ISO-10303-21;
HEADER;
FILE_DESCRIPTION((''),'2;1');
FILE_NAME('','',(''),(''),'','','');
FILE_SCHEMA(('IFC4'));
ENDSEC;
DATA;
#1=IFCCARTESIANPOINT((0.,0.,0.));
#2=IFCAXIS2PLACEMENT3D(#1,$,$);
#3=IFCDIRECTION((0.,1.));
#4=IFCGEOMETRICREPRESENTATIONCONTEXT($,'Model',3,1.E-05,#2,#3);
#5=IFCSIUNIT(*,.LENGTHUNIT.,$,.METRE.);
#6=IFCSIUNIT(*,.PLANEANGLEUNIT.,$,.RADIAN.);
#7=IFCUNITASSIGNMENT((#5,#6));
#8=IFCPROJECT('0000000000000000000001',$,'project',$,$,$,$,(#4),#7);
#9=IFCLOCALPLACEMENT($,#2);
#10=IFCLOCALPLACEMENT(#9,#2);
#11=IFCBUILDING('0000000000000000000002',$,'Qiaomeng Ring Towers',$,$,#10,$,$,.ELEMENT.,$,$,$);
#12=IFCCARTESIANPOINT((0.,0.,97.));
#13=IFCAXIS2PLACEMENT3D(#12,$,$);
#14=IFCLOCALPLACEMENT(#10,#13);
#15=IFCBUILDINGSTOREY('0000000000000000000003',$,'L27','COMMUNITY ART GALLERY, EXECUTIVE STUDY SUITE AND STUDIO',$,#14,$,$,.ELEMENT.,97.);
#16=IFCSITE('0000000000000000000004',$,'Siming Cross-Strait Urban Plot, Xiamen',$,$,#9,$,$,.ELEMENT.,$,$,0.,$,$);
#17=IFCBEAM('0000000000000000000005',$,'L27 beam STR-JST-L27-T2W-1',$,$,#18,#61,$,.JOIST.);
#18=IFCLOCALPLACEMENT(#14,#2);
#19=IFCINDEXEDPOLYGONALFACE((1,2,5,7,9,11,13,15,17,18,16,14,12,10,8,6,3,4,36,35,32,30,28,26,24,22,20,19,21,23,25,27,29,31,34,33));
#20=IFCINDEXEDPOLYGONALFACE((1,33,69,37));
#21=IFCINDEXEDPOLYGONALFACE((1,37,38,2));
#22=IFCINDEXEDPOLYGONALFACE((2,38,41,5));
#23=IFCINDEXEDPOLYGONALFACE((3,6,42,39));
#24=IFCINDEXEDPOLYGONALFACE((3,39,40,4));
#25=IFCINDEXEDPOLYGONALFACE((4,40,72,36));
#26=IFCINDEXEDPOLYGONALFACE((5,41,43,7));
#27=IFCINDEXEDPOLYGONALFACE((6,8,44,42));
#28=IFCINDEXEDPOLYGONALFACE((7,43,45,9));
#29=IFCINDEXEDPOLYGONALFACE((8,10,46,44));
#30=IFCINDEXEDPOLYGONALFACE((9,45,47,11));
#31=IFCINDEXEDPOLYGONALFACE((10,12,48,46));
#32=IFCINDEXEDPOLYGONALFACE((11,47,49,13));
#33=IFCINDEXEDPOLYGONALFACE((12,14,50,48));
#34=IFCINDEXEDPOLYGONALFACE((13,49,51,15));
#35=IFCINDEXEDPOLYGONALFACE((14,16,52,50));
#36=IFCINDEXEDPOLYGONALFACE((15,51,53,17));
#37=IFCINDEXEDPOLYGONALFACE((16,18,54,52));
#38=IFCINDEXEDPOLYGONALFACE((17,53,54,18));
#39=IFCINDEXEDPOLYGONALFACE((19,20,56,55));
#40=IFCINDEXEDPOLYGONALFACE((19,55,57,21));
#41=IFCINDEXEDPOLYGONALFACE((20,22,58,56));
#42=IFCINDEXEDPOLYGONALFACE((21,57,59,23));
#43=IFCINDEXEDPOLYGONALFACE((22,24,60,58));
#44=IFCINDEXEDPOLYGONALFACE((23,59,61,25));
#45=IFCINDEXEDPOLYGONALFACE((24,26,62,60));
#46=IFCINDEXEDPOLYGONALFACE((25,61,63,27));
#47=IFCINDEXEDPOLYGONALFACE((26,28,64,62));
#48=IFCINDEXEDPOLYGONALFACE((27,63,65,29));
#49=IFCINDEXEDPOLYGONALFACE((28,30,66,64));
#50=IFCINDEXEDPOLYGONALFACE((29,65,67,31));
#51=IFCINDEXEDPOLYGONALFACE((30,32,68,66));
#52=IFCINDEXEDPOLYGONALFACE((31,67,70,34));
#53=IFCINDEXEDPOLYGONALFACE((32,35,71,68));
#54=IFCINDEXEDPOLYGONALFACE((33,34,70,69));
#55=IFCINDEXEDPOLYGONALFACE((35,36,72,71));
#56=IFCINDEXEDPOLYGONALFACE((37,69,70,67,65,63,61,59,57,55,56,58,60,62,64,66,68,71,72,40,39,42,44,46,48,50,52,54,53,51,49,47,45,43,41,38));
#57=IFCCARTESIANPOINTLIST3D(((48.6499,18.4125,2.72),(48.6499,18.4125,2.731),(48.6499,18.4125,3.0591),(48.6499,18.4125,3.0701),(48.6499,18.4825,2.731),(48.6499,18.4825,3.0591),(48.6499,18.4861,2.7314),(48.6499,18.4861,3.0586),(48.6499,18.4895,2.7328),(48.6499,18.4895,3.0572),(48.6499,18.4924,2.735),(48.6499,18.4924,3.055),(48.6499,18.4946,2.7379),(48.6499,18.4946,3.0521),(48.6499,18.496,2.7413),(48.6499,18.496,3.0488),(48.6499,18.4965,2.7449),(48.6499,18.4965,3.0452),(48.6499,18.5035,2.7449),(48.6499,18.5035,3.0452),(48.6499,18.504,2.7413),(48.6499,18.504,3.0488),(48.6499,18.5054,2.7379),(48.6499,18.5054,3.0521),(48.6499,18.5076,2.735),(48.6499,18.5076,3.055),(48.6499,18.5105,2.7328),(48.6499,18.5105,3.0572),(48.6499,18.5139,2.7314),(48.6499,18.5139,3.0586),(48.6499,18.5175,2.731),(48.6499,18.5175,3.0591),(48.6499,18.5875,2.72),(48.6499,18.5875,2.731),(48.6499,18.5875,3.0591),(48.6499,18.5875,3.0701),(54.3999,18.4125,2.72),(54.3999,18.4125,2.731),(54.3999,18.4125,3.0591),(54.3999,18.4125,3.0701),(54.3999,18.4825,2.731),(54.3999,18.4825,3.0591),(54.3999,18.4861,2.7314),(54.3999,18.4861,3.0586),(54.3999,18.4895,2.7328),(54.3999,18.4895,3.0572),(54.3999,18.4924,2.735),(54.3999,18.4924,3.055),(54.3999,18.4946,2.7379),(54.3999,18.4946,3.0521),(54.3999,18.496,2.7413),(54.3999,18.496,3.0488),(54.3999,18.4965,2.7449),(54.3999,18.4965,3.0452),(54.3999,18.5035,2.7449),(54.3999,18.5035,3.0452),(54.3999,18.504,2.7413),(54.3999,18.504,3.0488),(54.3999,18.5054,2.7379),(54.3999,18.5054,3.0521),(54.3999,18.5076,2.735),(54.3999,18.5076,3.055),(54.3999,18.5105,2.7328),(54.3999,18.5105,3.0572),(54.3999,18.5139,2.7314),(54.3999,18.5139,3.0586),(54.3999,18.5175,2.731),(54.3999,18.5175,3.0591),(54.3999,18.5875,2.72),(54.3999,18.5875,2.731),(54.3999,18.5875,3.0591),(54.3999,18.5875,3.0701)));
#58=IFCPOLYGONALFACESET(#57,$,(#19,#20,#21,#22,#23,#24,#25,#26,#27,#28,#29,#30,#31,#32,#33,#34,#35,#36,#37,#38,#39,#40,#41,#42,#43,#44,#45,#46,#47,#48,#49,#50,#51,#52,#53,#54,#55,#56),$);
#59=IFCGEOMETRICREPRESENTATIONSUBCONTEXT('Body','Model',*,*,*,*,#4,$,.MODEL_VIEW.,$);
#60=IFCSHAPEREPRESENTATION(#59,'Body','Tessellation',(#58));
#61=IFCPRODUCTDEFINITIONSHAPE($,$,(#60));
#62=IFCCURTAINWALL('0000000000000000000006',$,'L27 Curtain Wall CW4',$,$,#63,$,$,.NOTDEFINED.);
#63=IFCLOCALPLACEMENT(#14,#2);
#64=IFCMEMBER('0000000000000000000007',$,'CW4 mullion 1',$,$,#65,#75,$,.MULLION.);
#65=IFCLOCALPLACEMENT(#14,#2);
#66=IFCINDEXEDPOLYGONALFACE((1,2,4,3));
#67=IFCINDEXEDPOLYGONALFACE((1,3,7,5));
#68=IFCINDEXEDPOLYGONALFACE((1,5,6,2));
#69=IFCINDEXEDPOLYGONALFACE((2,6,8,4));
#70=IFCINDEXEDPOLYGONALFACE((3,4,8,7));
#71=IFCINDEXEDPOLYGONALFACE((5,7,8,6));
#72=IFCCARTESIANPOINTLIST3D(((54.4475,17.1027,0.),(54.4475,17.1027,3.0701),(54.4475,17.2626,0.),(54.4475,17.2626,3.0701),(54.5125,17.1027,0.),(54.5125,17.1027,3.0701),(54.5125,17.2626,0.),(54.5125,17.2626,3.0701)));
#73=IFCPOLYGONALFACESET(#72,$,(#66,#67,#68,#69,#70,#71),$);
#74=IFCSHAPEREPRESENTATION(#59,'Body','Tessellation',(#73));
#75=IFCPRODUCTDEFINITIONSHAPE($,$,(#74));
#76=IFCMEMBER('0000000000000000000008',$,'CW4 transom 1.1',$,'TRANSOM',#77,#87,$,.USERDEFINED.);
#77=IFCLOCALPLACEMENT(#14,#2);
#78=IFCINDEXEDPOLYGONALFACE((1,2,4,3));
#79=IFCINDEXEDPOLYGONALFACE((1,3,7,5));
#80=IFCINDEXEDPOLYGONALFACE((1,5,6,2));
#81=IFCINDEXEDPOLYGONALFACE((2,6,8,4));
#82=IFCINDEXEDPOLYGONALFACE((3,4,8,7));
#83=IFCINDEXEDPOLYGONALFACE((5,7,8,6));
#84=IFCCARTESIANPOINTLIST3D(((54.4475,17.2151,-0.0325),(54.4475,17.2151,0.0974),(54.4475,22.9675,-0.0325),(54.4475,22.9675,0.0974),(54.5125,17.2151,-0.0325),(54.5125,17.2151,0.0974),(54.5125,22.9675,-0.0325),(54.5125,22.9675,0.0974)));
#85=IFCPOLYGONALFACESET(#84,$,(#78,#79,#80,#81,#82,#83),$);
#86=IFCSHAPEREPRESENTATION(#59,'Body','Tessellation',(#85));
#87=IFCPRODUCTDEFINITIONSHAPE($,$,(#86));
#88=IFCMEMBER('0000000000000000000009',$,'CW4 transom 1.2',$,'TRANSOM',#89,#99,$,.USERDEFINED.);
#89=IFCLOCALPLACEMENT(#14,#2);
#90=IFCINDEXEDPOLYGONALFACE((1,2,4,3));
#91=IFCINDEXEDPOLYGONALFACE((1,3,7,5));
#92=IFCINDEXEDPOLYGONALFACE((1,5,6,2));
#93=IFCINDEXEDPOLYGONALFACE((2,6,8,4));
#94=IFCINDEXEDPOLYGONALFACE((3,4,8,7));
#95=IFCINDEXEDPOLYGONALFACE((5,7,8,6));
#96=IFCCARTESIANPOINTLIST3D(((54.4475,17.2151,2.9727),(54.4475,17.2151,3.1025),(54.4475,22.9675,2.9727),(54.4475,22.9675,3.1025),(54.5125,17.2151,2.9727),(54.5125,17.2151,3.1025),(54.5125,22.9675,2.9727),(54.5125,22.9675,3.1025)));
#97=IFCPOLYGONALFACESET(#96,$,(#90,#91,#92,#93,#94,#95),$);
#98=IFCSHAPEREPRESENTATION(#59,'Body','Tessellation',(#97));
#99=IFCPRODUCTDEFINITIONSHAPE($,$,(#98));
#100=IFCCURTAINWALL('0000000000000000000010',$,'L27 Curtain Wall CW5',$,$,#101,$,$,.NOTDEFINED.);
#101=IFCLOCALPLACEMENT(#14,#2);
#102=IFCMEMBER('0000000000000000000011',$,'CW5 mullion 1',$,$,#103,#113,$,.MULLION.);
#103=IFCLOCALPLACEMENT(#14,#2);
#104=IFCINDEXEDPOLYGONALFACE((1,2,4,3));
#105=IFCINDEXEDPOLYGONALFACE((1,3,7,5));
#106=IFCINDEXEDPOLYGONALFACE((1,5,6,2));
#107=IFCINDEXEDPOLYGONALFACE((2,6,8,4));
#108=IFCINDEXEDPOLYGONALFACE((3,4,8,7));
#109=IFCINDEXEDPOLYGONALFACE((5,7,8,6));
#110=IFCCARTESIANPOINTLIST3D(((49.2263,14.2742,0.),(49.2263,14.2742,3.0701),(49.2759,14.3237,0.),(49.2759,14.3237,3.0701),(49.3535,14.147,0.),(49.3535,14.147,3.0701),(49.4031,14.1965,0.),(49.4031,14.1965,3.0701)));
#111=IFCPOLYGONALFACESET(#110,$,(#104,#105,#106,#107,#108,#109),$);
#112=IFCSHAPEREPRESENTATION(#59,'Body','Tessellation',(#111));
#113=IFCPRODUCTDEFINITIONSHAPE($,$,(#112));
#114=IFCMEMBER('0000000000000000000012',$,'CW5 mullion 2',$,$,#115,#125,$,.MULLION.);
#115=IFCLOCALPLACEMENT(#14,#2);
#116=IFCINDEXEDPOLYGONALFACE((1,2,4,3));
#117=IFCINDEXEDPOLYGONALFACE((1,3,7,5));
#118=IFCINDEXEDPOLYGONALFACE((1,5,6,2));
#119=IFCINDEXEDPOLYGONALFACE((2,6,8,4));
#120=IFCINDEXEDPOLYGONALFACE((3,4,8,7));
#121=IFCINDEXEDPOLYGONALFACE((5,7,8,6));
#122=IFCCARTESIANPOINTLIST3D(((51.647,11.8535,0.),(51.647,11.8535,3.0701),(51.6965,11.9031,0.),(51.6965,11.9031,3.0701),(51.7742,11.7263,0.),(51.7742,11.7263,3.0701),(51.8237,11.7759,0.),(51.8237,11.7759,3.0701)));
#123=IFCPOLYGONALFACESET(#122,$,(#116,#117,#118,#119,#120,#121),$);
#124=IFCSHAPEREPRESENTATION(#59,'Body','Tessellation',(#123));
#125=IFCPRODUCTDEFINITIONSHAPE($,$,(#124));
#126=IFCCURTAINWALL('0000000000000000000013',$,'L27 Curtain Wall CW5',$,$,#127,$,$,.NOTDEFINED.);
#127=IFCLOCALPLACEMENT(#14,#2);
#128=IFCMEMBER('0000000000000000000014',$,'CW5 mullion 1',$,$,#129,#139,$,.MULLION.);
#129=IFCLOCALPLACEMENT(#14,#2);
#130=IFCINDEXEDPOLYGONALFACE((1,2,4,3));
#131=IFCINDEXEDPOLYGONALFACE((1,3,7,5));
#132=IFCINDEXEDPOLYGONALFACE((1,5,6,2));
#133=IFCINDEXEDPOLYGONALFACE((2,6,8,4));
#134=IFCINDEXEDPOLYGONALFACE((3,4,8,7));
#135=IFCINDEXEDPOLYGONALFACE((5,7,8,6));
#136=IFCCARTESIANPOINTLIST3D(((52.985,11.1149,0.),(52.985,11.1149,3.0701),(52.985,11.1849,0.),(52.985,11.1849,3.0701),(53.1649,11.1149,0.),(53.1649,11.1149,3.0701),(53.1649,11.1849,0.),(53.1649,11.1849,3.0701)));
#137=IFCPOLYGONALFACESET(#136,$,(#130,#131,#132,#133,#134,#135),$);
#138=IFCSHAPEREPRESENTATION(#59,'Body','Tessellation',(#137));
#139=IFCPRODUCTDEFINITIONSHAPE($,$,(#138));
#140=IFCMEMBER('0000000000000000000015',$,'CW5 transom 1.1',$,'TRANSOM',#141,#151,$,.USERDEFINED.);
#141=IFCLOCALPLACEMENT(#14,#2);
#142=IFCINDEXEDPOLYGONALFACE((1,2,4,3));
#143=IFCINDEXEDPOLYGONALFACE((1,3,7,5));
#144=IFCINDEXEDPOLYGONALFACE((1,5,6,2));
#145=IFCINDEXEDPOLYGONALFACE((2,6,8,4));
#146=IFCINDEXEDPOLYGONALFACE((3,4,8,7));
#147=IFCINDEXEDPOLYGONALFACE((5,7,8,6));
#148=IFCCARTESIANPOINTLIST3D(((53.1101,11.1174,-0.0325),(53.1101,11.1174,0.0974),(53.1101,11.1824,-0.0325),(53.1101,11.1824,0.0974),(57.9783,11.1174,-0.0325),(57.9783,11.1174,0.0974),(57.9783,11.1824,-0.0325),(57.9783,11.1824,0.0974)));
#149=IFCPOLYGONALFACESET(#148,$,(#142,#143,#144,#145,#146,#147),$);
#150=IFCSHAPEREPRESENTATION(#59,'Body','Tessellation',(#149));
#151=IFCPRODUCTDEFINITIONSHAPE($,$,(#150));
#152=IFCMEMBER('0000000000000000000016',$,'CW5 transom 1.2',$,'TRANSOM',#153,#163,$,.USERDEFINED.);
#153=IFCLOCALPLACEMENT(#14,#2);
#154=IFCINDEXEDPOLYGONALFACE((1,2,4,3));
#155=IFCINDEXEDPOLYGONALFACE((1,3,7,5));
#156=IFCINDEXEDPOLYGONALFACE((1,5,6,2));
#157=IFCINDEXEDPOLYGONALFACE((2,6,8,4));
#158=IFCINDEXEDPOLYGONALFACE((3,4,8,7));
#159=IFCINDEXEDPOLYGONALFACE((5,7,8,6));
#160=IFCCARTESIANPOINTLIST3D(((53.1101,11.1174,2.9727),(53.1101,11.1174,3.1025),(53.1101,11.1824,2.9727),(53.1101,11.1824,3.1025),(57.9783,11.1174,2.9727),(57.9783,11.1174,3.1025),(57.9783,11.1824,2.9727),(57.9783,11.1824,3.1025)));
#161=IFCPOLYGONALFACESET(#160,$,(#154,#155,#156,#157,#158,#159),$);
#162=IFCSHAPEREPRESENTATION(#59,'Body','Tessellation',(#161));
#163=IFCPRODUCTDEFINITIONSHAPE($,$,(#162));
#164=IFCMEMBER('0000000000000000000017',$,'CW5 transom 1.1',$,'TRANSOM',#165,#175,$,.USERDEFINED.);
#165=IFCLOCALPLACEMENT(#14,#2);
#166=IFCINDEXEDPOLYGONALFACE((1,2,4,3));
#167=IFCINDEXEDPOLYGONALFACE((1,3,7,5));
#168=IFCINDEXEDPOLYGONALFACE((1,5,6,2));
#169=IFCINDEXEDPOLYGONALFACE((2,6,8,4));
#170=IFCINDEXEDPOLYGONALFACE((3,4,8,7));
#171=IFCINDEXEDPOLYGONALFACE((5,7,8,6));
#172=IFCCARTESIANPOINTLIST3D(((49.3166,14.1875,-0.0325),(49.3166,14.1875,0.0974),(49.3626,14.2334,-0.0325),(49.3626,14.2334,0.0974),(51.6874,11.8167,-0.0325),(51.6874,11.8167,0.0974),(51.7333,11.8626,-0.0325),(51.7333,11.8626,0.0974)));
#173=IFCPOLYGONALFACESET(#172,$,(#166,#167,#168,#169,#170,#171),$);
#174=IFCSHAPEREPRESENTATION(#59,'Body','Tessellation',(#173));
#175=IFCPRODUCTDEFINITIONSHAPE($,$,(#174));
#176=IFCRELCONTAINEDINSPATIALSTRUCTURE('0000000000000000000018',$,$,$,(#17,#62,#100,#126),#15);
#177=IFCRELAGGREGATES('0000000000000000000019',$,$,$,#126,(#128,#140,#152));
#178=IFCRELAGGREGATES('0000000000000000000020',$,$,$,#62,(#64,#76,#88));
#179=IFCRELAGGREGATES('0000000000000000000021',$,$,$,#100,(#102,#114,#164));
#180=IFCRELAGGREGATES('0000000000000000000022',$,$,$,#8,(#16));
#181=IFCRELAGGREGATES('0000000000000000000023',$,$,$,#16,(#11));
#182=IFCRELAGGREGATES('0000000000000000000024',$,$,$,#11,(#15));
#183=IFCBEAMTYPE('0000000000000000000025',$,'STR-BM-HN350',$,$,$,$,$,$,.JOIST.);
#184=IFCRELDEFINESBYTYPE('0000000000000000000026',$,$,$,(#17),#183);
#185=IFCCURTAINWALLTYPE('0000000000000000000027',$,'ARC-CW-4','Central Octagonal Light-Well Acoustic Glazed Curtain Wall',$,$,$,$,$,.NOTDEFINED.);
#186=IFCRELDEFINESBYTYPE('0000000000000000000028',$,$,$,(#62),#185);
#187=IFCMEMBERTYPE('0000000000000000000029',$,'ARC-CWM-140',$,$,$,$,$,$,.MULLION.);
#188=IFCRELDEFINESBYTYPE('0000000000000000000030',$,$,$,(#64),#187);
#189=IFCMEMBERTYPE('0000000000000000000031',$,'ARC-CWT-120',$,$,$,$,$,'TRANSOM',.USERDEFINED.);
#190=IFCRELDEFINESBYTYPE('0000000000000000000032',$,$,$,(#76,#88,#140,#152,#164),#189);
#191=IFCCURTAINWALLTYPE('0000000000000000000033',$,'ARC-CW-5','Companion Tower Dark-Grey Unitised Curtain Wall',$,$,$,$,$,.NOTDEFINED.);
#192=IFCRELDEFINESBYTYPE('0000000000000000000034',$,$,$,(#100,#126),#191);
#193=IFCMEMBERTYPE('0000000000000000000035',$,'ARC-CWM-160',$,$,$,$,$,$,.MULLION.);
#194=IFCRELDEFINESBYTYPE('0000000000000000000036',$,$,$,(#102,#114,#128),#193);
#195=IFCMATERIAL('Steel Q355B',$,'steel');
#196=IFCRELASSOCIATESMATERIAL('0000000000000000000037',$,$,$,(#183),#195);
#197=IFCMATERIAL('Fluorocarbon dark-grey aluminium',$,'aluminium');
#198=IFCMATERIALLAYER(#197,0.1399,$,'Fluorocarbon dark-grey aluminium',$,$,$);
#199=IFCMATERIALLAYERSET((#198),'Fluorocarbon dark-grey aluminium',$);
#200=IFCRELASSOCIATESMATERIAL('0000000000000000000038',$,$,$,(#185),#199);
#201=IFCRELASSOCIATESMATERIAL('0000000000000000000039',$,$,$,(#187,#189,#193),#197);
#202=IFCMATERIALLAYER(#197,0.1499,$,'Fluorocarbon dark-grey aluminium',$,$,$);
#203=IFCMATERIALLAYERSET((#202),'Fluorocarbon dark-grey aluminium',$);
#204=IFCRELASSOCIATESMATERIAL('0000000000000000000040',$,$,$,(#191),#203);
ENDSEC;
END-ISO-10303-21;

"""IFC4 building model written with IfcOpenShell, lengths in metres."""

from ifc_helpers import new_model, si_unit, direction, frame, origin, origin_2d, place, context, subcontext, project, spatial, rectangle, i_section, extrude, source, transform, mapped, material, layer, layer_set, material_profile, profile_set, type_object, element, aggregate, save


model = new_model("IFC4")

# Units and contexts
model_context = context("Model", 3, precision=1e-05, world=origin(), true_north=direction((0.0, 1.0)))
body_context = subcontext(model_context, "Body", "Model", "MODEL_VIEW")
ifc_project = project(units=[si_unit("LENGTHUNIT", "METRE"), si_unit("PLANEANGLEUNIT", "RADIAN")], contexts=[model_context])

# Site, building, storey
site_placement = place(None, origin())
site = spatial("IfcSite", under=ifc_project, at=site_placement, Name="Siming Cross-Strait Urban Plot, Xiamen", CompositionType="ELEMENT", RefElevation=0.0)
building_placement = place(site_placement, origin())
building = spatial("IfcBuilding", under=site, at=building_placement, Name="Qiaomeng Ring Towers", CompositionType="ELEMENT")
storey_placement = place(building_placement, frame((0.0, 0.0, 97.0)))
storey = spatial("IfcBuildingStorey", under=building, at=storey_placement, Name="L27", Description="COMMUNITY ART GALLERY, EXECUTIVE STUDY SUITE AND STUDIO", CompositionType="ELEMENT", Elevation=97.0)

# Beam
ifc_material_1 = material(Name="Steel Q355B", Category="steel")
ifc_material_profile_1 = material_profile(ifc_material_1, i_section(OverallWidth=0.175, OverallDepth=0.3501, WebThickness=0.0071, FlangeThickness=0.011, FilletRadius=0.0139, at=origin_2d()), Name="HN 350x175x7x11")
ifc_profile_set_1 = profile_set([ifc_material_profile_1], Name="Steel Q355B")
beam_type_1 = type_object("IfcBeamType", Name="STR-BM-HN350", PredefinedType="JOIST", material=ifc_profile_set_1)
shared_shape_1 = source(origin(), body_context, "Body", "SweptSolid", [
    extrude(i_section(OverallWidth=0.175, OverallDepth=0.3501, WebThickness=0.0071, FlangeThickness=0.011, FilletRadius=0.0139, at=origin_2d()), origin(), (0.0, 0.0, 1.0), 5.75),
])
beam_1_placement = place(storey_placement, frame((48.6499, 18.5, 2.895), z_axis=(1.0, 0.0, 0.0), x_axis=(0.0, 1.0, 0.0)))
element("IfcBeam", 1, at=beam_1_placement, inside=storey, type_object=beam_type_1, Name="L27 beam STR-JST-L27-T2W-1", PredefinedType="JOIST", context=body_context, shape_type="MappedRepresentation", body=[
    mapped(shared_shape_1, transform((0.0, 0.0, 0.0), x_axis=(1.0, 0.0, 0.0), y_axis=(0.0, 1.0, 0.0), z_axis=(0.0, 0.0, 1.0), scale=1.0)),
])

# Curtain walls, members
ifc_material_2 = material(Name="Fluorocarbon dark-grey aluminium", Category="aluminium")
ifc_layer_1 = layer(ifc_material_2, 0.1399, Name="Fluorocarbon dark-grey aluminium")
ifc_layer_set_1 = layer_set([ifc_layer_1], Name="Fluorocarbon dark-grey aluminium")
curtain_wall_type_1 = type_object("IfcCurtainWallType", Name="ARC-CW-4", Description="Central Octagonal Light-Well Acoustic Glazed Curtain Wall", PredefinedType="NOTDEFINED", material=ifc_layer_set_1)
curtain_wall_1_placement = place(storey_placement, origin())
curtain_wall_1 = element("IfcCurtainWall", 2, at=curtain_wall_1_placement, inside=storey, type_object=curtain_wall_type_1, Name="L27 Curtain Wall CW4", PredefinedType="NOTDEFINED")
ifc_material_profile_2 = material_profile(ifc_material_2, rectangle(XDim=0.0649, YDim=0.1599, at=origin_2d()), Name="ALU MULL 65x160")
ifc_profile_set_2 = profile_set([ifc_material_profile_2], Name="Fluorocarbon dark-grey aluminium")
member_type_1 = type_object("IfcMemberType", Name="ARC-CWM-140", PredefinedType="MULLION", material=ifc_profile_set_2)
shared_shape_2 = source(origin(), body_context, "Body", "SweptSolid", [
    extrude(rectangle(XDim=0.0649, YDim=0.1599, at=origin_2d()), origin(), (0.0, 0.0, 1.0), 3.0701),
])
member_1_placement = place(storey_placement, frame((54.48, 17.1826, 0.0), z_axis=(0.0, 0.0, 1.0), x_axis=(-1.0, 0.0, 0.0)))
member_1 = element("IfcMember", 3, at=member_1_placement, type_object=member_type_1, Name="CW4 mullion 1", PredefinedType="MULLION", context=body_context, shape_type="MappedRepresentation", body=[
    mapped(shared_shape_2, transform((0.0, 0.0, 0.0), x_axis=(1.0, 0.0, 0.0), y_axis=(0.0, 1.0, 0.0), z_axis=(0.0, 0.0, 1.0), scale=1.0)),
])
ifc_material_profile_3 = material_profile(ifc_material_2, rectangle(XDim=0.0649, YDim=0.1299, at=origin_2d()), Name="ALU TRAN 65x130")
ifc_profile_set_3 = profile_set([ifc_material_profile_3], Name="Fluorocarbon dark-grey aluminium")
member_type_2 = type_object("IfcMemberType", Name="ARC-CWT-120", ElementType="TRANSOM", PredefinedType="USERDEFINED", material=ifc_profile_set_3)
shared_shape_3 = source(origin(), body_context, "Body", "SweptSolid", [
    extrude(rectangle(XDim=0.0649, YDim=0.1299, at=origin_2d()), origin(), (0.0, 0.0, 1.0), 5.7524),
])
member_2_placement = place(storey_placement, frame((54.48, 17.2151, 0.0325), z_axis=(0.0, 1.0, 0.0), x_axis=(-1.0, 0.0, 0.0)))
member_2 = element("IfcMember", 4, at=member_2_placement, type_object=member_type_2, Name="CW4 transom 1.1", ObjectType="TRANSOM", PredefinedType="USERDEFINED", context=body_context, shape_type="MappedRepresentation", body=[
    mapped(shared_shape_3, transform((0.0, 0.0, 0.0), x_axis=(1.0, 0.0, 0.0), y_axis=(0.0, 1.0, 0.0), z_axis=(0.0, 0.0, 1.0), scale=1.0)),
])
member_3_placement = place(storey_placement, frame((54.48, 17.2151, 3.0376), z_axis=(0.0, 1.0, 0.0), x_axis=(-1.0, 0.0, 0.0)))
member_3 = element("IfcMember", 5, at=member_3_placement, type_object=member_type_2, Name="CW4 transom 1.2", ObjectType="TRANSOM", PredefinedType="USERDEFINED", context=body_context, shape_type="MappedRepresentation", body=[
    mapped(shared_shape_3, transform((0.0, 0.0, 0.0), x_axis=(1.0, 0.0, 0.0), y_axis=(0.0, 1.0, 0.0), z_axis=(0.0, 0.0, 1.0), scale=1.0)),
])
ifc_layer_2 = layer(ifc_material_2, 0.1499, Name="Fluorocarbon dark-grey aluminium")
ifc_layer_set_2 = layer_set([ifc_layer_2], Name="Fluorocarbon dark-grey aluminium")
curtain_wall_type_2 = type_object("IfcCurtainWallType", Name="ARC-CW-5", Description="Companion Tower Dark-Grey Unitised Curtain Wall", PredefinedType="NOTDEFINED", material=ifc_layer_set_2)
curtain_wall_2_placement = place(storey_placement, origin())
curtain_wall_2 = element("IfcCurtainWall", 6, at=curtain_wall_2_placement, inside=storey, type_object=curtain_wall_type_2, Name="L27 Curtain Wall CW5", PredefinedType="NOTDEFINED")
ifc_material_profile_4 = material_profile(ifc_material_2, rectangle(XDim=0.0701, YDim=0.1799, at=origin_2d()), Name="ALU MULL 70x180")
ifc_profile_set_4 = profile_set([ifc_material_profile_4], Name="Fluorocarbon dark-grey aluminium")
member_type_3 = type_object("IfcMemberType", Name="ARC-CWM-160", PredefinedType="MULLION", material=ifc_profile_set_4)
shared_shape_4 = source(origin(), body_context, "Body", "SweptSolid", [
    extrude(rectangle(XDim=0.0701, YDim=0.1799, at=origin_2d()), origin(), (0.0, 0.0, 1.0), 3.0701),
])
member_4_placement = place(storey_placement, frame((49.3147, 14.2354, 0.0), z_axis=(0.0, 0.0, 1.0), x_axis=(0.707107, 0.707107, 0.0)))
member_4 = element("IfcMember", 7, at=member_4_placement, type_object=member_type_3, Name="CW5 mullion 1", PredefinedType="MULLION", context=body_context, shape_type="MappedRepresentation", body=[
    mapped(shared_shape_4, transform((0.0, 0.0, 0.0), x_axis=(1.0, 0.0, 0.0), y_axis=(0.0, 1.0, 0.0), z_axis=(0.0, 0.0, 1.0), scale=1.0)),
])
member_5_placement = place(storey_placement, frame((51.7354, 11.8147, 0.0), z_axis=(0.0, 0.0, 1.0), x_axis=(0.707107, 0.707107, 0.0)))
member_5 = element("IfcMember", 8, at=member_5_placement, type_object=member_type_3, Name="CW5 mullion 2", PredefinedType="MULLION", context=body_context, shape_type="MappedRepresentation", body=[
    mapped(shared_shape_4, transform((0.0, 0.0, 0.0), x_axis=(1.0, 0.0, 0.0), y_axis=(0.0, 1.0, 0.0), z_axis=(0.0, 0.0, 1.0), scale=1.0)),
])
curtain_wall_3_placement = place(storey_placement, origin())
curtain_wall_3 = element("IfcCurtainWall", 9, at=curtain_wall_3_placement, inside=storey, type_object=curtain_wall_type_2, Name="L27 Curtain Wall CW5", PredefinedType="NOTDEFINED")
member_6_placement = place(storey_placement, frame((53.075, 11.1499, 0.0), z_axis=(0.0, 0.0, 1.0), x_axis=(0.0, 1.0, 0.0)))
member_6 = element("IfcMember", 10, at=member_6_placement, type_object=member_type_3, Name="CW5 mullion 1", PredefinedType="MULLION", context=body_context, shape_type="MappedRepresentation", body=[
    mapped(shared_shape_4, transform((0.0, 0.0, 0.0), x_axis=(1.0, 0.0, 0.0), y_axis=(0.0, 1.0, 0.0), z_axis=(0.0, 0.0, 1.0), scale=1.0)),
])
shared_shape_5 = source(origin(), body_context, "Body", "SweptSolid", [
    extrude(rectangle(XDim=0.0649, YDim=0.1299, at=origin_2d()), origin(), (0.0, 0.0, 1.0), 4.8682),
])
member_7_placement = place(storey_placement, frame((53.1101, 11.1499, 0.0325), z_axis=(1.0, 0.0, 0.0), x_axis=(0.0, 1.0, 0.0)))
member_7 = element("IfcMember", 11, at=member_7_placement, type_object=member_type_2, Name="CW5 transom 1.1", ObjectType="TRANSOM", PredefinedType="USERDEFINED", context=body_context, shape_type="MappedRepresentation", body=[
    mapped(shared_shape_5, transform((0.0, 0.0, 0.0), x_axis=(1.0, 0.0, 0.0), y_axis=(0.0, 1.0, 0.0), z_axis=(0.0, 0.0, 1.0), scale=1.0)),
])
member_8_placement = place(storey_placement, frame((53.1101, 11.1499, 3.0376), z_axis=(1.0, 0.0, 0.0), x_axis=(0.0, 1.0, 0.0)))
member_8 = element("IfcMember", 12, at=member_8_placement, type_object=member_type_2, Name="CW5 transom 1.2", ObjectType="TRANSOM", PredefinedType="USERDEFINED", context=body_context, shape_type="MappedRepresentation", body=[
    mapped(shared_shape_5, transform((0.0, 0.0, 0.0), x_axis=(1.0, 0.0, 0.0), y_axis=(0.0, 1.0, 0.0), z_axis=(0.0, 0.0, 1.0), scale=1.0)),
])
aggregate(curtain_wall_3, [member_6, member_7, member_8])

# Member
shared_shape_6 = source(origin(), body_context, "Body", "SweptSolid", [
    extrude(rectangle(XDim=0.0649, YDim=0.1299, at=origin_2d()), origin(), (0.0, 0.0, 1.0), 3.3528),
])
member_9_placement = place(storey_placement, frame((49.3396, 14.2104, 0.0325), z_axis=(0.707107, -0.707107, 0.0), x_axis=(0.707107, 0.707107, 0.0)))
member_9 = element("IfcMember", 13, at=member_9_placement, type_object=member_type_2, Name="CW5 transom 1.1", ObjectType="TRANSOM", PredefinedType="USERDEFINED", context=body_context, shape_type="MappedRepresentation", body=[
    mapped(shared_shape_6, transform((0.0, 0.0, 0.0), x_axis=(1.0, 0.0, 0.0), y_axis=(0.0, 1.0, 0.0), z_axis=(0.0, 0.0, 1.0), scale=1.0)),
])

aggregate(curtain_wall_1, [member_1, member_2, member_3])
aggregate(curtain_wall_2, [member_4, member_5, member_9])

save(model, "model.ifc")
